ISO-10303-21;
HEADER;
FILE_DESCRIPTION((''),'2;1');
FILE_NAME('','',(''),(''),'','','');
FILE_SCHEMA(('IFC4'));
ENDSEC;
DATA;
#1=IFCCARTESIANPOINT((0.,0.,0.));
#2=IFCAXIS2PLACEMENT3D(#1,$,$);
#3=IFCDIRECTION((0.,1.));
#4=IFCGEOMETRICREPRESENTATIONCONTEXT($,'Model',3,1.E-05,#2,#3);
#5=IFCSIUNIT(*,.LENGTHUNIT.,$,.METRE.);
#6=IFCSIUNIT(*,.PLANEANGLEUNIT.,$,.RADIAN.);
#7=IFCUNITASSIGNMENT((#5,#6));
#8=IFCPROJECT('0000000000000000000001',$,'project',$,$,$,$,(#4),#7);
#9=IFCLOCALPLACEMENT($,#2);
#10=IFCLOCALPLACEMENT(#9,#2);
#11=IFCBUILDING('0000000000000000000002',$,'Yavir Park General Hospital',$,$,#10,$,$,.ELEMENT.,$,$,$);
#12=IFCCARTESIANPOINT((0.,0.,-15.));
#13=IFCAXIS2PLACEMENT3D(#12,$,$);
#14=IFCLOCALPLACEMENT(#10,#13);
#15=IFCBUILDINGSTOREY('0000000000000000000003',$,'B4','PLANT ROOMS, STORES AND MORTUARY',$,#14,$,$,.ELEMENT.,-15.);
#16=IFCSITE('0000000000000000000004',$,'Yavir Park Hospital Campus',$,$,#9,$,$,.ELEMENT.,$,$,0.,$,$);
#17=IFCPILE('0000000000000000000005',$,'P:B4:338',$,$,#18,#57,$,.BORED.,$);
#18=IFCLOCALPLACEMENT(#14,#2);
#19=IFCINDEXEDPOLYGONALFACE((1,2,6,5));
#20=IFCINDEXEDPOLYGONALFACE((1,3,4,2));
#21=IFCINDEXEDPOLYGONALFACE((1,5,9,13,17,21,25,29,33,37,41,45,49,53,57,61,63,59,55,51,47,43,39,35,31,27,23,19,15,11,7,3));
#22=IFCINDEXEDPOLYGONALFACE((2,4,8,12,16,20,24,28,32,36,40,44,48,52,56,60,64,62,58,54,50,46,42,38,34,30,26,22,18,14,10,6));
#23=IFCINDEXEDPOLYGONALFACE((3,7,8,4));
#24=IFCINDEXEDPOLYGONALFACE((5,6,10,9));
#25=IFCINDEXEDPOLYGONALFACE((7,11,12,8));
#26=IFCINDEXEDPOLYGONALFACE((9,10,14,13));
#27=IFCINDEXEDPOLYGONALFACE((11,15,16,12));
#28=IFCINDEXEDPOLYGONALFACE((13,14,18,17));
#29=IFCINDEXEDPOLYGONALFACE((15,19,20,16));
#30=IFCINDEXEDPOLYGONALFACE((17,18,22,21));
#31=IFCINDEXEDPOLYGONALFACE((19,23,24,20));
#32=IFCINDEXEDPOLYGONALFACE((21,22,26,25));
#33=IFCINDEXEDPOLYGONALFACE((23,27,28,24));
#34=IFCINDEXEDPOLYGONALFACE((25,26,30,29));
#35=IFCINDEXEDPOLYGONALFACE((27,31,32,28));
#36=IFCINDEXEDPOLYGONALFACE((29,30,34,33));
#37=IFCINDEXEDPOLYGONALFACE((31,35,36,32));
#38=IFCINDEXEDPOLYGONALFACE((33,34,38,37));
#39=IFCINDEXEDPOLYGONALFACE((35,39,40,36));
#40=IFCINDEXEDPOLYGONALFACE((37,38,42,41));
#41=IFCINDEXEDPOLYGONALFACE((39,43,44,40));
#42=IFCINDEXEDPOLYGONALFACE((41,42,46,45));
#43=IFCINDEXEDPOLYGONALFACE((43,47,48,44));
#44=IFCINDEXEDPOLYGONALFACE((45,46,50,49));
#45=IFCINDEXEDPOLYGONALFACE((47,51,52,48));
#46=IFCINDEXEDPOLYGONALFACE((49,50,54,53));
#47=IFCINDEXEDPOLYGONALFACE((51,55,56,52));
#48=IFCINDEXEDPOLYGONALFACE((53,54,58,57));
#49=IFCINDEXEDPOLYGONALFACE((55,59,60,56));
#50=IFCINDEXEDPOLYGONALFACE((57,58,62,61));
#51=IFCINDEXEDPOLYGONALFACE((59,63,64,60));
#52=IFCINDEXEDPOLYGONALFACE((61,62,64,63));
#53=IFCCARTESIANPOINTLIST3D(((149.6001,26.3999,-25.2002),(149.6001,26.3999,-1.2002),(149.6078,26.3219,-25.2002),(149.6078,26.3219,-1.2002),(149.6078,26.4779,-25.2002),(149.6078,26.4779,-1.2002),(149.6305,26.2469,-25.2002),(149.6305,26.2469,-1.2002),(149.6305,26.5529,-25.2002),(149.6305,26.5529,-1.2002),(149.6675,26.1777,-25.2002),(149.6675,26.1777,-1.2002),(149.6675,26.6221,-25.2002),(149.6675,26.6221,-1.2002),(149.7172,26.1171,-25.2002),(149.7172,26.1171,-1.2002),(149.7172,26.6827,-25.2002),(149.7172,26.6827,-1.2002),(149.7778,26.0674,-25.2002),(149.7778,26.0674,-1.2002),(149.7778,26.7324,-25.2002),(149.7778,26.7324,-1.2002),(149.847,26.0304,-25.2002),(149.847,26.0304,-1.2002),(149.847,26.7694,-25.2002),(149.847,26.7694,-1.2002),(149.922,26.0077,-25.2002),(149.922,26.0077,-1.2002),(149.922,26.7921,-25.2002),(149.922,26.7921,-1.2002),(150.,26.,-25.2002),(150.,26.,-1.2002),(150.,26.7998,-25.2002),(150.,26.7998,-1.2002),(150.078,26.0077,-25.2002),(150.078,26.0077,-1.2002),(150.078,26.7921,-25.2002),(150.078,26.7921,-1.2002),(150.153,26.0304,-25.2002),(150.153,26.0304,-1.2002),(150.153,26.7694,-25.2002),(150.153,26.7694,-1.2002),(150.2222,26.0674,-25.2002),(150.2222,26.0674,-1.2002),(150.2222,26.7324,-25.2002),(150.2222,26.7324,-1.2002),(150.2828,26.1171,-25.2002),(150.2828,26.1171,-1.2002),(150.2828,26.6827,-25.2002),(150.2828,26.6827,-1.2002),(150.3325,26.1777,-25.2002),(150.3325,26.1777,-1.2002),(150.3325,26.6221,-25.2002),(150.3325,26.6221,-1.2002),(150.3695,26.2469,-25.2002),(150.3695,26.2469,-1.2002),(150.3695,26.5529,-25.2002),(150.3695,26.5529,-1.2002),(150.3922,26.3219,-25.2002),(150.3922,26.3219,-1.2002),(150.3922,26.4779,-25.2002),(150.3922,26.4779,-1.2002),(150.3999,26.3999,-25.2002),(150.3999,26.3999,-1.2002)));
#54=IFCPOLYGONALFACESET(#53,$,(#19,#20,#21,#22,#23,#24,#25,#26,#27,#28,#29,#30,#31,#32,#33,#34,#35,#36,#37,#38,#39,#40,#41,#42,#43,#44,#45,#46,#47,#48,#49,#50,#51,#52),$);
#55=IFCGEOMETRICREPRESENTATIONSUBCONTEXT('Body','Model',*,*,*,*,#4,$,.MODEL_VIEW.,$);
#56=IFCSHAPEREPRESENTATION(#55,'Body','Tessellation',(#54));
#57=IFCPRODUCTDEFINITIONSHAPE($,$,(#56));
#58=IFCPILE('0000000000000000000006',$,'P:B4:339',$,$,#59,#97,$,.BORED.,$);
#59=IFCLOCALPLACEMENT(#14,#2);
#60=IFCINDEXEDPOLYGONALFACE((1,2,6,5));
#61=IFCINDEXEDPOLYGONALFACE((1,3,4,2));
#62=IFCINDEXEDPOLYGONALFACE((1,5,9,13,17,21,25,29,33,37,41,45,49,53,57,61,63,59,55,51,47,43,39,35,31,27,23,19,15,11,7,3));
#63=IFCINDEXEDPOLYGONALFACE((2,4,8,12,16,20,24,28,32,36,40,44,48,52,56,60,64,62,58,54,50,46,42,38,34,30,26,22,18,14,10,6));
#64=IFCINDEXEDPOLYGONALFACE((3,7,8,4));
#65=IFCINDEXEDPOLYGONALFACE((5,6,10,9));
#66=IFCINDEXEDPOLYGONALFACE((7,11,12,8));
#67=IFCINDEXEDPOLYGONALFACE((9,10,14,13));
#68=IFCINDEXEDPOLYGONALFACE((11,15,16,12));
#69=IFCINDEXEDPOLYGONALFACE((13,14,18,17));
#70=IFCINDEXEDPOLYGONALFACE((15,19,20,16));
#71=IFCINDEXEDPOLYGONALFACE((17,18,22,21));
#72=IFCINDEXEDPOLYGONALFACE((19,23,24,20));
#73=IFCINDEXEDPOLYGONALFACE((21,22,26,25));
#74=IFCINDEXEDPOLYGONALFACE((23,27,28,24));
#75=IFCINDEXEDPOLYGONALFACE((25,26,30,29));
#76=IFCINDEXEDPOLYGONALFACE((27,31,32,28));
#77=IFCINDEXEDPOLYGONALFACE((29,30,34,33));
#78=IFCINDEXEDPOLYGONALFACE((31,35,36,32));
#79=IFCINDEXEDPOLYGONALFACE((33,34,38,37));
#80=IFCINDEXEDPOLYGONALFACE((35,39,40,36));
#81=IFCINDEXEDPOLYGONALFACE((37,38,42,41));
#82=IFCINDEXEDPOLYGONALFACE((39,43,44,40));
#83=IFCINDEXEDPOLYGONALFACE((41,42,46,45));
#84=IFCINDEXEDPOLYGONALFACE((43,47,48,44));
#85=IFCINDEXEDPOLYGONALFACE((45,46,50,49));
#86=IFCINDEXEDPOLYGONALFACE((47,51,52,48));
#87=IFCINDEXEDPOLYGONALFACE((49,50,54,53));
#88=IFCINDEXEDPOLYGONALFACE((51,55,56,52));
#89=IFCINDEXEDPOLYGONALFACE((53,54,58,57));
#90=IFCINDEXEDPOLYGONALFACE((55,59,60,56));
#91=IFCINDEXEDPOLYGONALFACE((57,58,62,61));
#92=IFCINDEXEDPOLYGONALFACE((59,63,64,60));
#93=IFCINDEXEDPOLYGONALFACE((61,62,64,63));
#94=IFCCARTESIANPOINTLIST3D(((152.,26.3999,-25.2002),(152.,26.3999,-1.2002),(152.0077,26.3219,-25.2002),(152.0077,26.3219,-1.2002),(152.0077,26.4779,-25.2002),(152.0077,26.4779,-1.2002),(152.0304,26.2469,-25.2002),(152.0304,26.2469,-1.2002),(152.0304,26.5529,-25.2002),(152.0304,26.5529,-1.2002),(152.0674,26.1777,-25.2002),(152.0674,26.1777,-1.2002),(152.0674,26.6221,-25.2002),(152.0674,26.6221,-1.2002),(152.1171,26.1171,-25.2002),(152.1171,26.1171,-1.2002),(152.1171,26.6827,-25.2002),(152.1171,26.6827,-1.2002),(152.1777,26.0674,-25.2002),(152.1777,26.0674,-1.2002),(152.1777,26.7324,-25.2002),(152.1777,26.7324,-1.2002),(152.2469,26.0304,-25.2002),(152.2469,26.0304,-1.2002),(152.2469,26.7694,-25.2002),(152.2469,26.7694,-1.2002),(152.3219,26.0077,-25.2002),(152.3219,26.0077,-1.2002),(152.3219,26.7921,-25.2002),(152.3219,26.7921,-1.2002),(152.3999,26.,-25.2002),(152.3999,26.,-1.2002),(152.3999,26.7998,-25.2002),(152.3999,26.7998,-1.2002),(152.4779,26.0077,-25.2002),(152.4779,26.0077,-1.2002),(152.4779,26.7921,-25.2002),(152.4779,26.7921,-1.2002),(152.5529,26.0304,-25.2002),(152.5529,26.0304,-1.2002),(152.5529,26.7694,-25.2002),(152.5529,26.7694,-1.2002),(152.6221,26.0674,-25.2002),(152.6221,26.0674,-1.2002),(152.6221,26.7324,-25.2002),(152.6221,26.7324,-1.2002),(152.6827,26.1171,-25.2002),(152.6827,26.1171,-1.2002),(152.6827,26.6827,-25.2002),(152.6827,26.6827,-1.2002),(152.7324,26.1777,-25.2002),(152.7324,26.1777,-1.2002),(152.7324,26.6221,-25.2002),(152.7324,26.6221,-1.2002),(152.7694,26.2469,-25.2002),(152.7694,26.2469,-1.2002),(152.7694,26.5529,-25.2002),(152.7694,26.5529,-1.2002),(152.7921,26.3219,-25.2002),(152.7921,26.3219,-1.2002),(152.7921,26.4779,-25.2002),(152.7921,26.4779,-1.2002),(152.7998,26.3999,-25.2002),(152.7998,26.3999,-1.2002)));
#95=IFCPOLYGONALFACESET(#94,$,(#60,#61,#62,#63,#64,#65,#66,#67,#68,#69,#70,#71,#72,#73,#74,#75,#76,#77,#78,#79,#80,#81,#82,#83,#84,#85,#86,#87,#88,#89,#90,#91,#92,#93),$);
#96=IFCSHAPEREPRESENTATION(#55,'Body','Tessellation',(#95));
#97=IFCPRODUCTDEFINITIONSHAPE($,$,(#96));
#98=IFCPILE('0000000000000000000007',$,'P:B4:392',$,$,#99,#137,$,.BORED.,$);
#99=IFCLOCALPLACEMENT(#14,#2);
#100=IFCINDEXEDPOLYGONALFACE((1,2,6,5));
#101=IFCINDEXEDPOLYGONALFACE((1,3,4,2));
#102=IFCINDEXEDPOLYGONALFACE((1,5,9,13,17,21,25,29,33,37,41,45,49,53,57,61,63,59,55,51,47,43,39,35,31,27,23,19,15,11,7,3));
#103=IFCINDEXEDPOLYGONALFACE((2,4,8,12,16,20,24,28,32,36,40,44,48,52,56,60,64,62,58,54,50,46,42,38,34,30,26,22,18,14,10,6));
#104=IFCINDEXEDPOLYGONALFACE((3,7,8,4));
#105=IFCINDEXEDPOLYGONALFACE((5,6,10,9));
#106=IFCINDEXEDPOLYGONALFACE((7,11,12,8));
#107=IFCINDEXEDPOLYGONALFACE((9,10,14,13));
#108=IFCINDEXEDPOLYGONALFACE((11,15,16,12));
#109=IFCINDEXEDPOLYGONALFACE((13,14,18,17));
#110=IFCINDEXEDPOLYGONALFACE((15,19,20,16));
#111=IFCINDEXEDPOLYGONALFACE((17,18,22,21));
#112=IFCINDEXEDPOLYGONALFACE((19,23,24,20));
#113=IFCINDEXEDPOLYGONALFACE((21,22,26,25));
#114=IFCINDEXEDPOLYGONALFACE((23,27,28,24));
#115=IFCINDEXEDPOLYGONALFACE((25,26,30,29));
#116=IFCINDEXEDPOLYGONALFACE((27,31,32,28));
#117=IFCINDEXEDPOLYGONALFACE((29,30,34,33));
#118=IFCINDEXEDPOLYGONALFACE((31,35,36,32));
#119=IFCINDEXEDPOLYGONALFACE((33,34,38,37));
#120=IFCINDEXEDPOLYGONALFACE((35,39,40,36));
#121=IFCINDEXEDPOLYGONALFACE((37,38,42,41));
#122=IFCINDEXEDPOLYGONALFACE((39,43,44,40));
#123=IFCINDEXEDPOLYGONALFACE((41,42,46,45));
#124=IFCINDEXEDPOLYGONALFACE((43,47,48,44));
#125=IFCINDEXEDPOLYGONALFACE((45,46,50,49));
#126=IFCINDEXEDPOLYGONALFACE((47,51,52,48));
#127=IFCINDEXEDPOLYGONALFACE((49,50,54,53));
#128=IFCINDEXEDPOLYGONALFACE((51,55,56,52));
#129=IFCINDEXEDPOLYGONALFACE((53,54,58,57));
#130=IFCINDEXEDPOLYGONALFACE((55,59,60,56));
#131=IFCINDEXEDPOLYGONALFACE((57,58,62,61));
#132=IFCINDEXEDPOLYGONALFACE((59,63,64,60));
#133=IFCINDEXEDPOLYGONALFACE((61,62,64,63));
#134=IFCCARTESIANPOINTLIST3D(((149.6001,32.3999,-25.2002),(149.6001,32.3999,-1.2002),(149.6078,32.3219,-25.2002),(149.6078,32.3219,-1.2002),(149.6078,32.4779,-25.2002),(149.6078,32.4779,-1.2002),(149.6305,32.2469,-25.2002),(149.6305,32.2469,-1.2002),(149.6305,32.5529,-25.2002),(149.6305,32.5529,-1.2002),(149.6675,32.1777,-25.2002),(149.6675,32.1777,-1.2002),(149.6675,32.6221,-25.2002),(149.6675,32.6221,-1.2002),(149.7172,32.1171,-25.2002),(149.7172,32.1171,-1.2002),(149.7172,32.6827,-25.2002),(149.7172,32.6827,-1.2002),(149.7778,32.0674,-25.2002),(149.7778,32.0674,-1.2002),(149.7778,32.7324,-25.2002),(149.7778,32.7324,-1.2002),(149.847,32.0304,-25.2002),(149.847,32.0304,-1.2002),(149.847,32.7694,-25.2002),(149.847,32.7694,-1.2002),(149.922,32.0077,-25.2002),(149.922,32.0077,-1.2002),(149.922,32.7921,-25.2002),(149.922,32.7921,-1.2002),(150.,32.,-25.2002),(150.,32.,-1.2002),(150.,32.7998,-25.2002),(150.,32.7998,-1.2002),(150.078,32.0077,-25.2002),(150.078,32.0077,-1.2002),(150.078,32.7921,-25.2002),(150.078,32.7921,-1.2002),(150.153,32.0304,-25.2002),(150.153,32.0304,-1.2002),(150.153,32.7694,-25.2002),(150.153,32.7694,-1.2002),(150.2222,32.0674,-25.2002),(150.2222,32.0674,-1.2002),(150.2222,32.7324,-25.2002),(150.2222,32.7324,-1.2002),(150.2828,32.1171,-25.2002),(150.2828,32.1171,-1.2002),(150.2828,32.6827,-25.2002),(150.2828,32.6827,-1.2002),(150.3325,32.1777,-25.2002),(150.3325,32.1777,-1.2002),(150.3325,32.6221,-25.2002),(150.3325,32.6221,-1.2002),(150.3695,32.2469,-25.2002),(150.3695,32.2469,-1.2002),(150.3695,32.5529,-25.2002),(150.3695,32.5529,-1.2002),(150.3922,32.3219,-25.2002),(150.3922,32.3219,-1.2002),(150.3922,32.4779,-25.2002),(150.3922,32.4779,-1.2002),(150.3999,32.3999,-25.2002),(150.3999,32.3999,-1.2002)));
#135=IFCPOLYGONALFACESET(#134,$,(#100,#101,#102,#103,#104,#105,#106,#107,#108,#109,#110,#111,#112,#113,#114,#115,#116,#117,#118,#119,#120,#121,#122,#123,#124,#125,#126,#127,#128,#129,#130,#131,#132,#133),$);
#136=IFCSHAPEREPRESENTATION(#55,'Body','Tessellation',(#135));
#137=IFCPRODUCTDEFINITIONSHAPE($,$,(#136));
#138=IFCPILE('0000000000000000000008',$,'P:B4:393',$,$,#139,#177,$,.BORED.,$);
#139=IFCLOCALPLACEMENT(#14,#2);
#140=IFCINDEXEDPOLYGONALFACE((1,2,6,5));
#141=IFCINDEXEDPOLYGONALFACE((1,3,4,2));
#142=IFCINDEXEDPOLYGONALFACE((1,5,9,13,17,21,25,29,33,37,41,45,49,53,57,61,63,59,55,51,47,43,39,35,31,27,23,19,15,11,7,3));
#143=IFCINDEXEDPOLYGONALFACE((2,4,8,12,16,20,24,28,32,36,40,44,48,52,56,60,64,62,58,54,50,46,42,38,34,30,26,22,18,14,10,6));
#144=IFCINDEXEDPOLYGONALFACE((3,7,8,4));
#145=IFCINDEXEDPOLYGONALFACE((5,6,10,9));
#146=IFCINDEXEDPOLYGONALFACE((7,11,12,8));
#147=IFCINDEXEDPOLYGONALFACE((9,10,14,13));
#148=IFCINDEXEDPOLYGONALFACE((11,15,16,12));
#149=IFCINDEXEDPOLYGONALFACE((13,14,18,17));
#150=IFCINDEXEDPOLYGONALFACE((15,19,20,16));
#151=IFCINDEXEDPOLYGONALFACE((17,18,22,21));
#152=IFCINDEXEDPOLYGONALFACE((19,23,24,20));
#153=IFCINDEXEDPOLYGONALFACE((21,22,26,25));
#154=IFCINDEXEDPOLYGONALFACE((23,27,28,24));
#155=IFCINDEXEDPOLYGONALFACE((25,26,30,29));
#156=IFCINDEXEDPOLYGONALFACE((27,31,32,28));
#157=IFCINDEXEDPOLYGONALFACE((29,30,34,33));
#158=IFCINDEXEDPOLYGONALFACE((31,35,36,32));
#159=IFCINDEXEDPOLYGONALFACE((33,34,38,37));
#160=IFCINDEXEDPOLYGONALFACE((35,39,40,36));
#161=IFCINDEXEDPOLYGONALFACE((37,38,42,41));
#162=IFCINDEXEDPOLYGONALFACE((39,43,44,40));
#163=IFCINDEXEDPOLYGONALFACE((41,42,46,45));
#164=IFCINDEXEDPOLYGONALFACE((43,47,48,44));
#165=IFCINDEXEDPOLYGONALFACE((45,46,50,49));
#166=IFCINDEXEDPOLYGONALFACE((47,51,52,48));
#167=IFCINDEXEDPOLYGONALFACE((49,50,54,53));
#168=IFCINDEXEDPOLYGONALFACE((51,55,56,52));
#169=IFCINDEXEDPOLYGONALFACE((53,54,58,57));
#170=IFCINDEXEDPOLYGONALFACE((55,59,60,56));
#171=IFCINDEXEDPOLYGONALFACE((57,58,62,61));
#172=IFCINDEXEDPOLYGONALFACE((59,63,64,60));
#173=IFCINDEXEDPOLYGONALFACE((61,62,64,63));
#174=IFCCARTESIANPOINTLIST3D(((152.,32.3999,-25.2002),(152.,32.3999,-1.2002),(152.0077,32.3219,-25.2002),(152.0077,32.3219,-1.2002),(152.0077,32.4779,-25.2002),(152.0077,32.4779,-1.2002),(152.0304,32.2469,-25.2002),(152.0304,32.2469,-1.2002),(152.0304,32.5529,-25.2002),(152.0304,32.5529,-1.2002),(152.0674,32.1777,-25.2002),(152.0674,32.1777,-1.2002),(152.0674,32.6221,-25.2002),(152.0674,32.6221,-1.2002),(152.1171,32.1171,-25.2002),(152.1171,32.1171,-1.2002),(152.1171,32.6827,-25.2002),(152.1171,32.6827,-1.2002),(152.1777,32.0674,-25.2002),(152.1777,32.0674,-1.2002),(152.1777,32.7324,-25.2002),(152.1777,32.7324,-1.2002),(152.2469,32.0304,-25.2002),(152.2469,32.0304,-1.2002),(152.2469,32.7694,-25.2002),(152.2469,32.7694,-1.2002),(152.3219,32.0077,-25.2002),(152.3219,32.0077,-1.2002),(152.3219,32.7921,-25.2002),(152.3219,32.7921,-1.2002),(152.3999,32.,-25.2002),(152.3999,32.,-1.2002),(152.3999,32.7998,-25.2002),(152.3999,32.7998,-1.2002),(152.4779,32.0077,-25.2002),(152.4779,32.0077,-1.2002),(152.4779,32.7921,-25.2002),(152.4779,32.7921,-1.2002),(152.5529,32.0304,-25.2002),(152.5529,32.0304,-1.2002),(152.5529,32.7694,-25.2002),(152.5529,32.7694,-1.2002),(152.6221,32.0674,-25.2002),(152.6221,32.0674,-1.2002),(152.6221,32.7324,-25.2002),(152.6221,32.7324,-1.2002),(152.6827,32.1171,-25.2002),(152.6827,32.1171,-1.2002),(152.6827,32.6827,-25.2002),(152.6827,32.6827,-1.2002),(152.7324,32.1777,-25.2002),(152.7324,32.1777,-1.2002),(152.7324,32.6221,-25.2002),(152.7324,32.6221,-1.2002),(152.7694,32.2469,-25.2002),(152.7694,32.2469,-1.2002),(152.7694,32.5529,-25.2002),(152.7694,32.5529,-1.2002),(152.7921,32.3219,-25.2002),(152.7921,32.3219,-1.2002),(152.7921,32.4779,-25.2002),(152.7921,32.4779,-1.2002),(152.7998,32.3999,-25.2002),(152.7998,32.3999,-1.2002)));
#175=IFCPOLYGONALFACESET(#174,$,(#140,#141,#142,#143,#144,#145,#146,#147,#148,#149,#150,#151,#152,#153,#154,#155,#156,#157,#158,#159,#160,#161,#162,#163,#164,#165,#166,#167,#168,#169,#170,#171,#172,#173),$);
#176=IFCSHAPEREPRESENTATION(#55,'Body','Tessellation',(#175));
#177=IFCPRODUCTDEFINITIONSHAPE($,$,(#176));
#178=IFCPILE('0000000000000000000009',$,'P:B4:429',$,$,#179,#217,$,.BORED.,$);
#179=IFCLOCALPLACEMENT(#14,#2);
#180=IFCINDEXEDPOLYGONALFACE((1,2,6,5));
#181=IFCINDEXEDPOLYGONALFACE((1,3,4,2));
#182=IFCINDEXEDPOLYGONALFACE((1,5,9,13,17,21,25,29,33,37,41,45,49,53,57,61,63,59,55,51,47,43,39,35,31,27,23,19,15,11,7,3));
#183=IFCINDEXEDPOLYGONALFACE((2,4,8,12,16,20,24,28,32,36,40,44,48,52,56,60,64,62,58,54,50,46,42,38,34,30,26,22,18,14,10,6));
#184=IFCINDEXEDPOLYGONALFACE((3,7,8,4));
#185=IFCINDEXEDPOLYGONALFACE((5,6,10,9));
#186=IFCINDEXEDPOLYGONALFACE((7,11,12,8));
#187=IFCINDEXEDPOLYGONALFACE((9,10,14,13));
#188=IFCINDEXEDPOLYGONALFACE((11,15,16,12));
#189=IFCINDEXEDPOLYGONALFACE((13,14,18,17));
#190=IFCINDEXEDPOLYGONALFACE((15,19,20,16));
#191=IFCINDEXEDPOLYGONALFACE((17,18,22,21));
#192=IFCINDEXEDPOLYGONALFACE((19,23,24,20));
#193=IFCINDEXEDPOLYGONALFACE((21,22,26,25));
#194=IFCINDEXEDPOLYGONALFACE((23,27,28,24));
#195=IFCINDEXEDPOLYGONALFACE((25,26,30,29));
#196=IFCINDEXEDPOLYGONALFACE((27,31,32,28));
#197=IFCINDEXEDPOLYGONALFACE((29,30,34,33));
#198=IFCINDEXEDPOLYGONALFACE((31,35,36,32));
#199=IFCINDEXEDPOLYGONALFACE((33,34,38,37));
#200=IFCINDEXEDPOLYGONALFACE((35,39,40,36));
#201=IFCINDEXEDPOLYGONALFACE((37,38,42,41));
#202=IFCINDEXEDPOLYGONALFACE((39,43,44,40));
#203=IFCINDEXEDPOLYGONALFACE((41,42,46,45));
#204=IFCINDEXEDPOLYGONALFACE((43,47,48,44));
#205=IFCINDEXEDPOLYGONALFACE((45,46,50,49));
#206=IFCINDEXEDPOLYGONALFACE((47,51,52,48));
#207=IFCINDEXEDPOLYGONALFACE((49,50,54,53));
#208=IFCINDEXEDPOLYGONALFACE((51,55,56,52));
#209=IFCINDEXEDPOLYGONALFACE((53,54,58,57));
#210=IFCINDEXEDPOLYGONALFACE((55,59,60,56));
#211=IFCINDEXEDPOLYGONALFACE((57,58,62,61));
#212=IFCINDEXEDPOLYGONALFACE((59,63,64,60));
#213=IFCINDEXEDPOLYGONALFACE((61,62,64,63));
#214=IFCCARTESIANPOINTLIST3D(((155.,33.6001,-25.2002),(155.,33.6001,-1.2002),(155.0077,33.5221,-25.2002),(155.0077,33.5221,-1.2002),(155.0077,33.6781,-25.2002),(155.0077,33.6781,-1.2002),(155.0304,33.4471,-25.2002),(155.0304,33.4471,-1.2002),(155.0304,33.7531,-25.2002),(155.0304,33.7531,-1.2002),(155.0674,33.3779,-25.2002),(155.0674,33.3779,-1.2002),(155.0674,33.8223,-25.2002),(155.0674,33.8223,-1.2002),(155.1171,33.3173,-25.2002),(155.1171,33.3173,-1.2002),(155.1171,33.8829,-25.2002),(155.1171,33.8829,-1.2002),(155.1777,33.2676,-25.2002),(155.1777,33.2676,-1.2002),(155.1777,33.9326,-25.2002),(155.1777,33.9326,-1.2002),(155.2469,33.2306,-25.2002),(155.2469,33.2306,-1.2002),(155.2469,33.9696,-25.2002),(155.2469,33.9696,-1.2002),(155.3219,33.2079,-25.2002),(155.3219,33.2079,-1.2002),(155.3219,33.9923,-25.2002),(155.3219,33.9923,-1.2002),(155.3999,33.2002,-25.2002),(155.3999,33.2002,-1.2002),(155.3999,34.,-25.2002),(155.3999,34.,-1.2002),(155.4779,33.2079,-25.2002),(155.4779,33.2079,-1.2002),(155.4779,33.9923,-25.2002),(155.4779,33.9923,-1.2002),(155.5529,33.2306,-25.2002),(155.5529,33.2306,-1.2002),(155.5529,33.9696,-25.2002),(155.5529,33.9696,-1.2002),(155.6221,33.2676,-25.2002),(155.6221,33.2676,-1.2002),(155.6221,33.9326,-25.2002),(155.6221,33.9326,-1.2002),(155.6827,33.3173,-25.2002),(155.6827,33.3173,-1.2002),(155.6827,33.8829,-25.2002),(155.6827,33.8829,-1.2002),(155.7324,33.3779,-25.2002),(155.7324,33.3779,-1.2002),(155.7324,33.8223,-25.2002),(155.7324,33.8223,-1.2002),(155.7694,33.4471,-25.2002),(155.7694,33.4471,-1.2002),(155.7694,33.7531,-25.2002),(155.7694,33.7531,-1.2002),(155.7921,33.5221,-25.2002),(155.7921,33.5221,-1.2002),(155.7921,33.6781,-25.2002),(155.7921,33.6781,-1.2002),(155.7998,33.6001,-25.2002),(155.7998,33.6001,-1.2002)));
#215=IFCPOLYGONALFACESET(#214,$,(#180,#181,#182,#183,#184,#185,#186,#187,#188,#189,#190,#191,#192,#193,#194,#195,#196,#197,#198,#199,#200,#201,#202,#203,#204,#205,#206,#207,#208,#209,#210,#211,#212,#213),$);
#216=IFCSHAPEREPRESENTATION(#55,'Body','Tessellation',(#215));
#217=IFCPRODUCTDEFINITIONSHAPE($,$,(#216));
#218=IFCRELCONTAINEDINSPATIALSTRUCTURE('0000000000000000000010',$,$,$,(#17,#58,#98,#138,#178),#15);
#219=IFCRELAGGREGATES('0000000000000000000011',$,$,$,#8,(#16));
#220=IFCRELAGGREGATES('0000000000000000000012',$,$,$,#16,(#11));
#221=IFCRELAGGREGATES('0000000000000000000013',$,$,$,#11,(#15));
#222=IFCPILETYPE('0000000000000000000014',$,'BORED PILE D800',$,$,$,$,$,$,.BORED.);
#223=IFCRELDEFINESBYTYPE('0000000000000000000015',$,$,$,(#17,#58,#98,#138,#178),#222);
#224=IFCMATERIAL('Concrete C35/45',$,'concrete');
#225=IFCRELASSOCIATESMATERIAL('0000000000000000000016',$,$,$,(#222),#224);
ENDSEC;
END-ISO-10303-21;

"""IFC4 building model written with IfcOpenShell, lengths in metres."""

from ifc_helpers import new_model, si_unit, direction, frame, origin, origin_2d, place, context, subcontext, project, spatial, circle, extrude, material, material_profile, profile_set, type_object, element, save


model = new_model("IFC4")

# Units and contexts
model_context = context("Model", 3, precision=1e-05, world=origin(), true_north=direction((0.0, 1.0)))
body_context = subcontext(model_context, "Body", "Model", "MODEL_VIEW")
ifc_project = project(units=[si_unit("LENGTHUNIT", "METRE"), si_unit("PLANEANGLEUNIT", "RADIAN")], contexts=[model_context])

# Site, building, storey
site_placement = place(None, origin())
site = spatial("IfcSite", under=ifc_project, at=site_placement, Name="Yavir Park Hospital Campus", CompositionType="ELEMENT", RefElevation=0.0)
building_placement = place(site_placement, origin())
building = spatial("IfcBuilding", under=site, at=building_placement, Name="Yavir Park General Hospital", CompositionType="ELEMENT")
storey_placement = place(building_placement, frame((0.0, 0.0, -15.0)))
storey = spatial("IfcBuildingStorey", under=building, at=storey_placement, Name="B4", Description="PLANT ROOMS, STORES AND MORTUARY", CompositionType="ELEMENT", Elevation=-15.0)

# Piles
ifc_material_1 = material(Name="Concrete C35/45", Category="concrete")
ifc_material_profile_1 = material_profile(ifc_material_1, circle(Radius=0.3999, at=origin_2d()), Name="D800")
ifc_profile_set_1 = profile_set([ifc_material_profile_1], Name="Concrete C35/45")
pile_type_1 = type_object("IfcPileType", Name="BORED PILE D800", PredefinedType="BORED", material=ifc_profile_set_1)
for number, where, z_axis, x_axis, name in (
    (1, (150.0, 26.3999, -1.2002), (0.0, 0.0, -1.0), (1.0, 0.0, 0.0), "P:B4:338"),
    (2, (152.3999, 26.3999, -1.2002), (0.0, 0.0, -1.0), (1.0, 0.0, 0.0), "P:B4:339"),
    (3, (150.0, 32.3999, -1.2002), (0.0, 0.0, -1.0), (1.0, 0.0, 0.0), "P:B4:392"),
    (4, (152.3999, 32.3999, -1.2002), (0.0, 0.0, -1.0), (1.0, 0.0, 0.0), "P:B4:393"),
    (5, (155.3999, 33.6001, -1.2002), (0.0, 0.0, -1.0), (1.0, 0.0, 0.0), "P:B4:429"),
):
    element("IfcPile", number, at=place(storey_placement, frame(where, z_axis=z_axis, x_axis=x_axis)), inside=storey, type_object=pile_type_1, Name=name, PredefinedType="BORED", context=body_context, shape_type="SweptSolid", body=[
        extrude(circle(Radius=0.3999, at=origin_2d()), origin(), (0.0, 0.0, 1.0), 24.0),
    ])

save(model, "model.ifc")
